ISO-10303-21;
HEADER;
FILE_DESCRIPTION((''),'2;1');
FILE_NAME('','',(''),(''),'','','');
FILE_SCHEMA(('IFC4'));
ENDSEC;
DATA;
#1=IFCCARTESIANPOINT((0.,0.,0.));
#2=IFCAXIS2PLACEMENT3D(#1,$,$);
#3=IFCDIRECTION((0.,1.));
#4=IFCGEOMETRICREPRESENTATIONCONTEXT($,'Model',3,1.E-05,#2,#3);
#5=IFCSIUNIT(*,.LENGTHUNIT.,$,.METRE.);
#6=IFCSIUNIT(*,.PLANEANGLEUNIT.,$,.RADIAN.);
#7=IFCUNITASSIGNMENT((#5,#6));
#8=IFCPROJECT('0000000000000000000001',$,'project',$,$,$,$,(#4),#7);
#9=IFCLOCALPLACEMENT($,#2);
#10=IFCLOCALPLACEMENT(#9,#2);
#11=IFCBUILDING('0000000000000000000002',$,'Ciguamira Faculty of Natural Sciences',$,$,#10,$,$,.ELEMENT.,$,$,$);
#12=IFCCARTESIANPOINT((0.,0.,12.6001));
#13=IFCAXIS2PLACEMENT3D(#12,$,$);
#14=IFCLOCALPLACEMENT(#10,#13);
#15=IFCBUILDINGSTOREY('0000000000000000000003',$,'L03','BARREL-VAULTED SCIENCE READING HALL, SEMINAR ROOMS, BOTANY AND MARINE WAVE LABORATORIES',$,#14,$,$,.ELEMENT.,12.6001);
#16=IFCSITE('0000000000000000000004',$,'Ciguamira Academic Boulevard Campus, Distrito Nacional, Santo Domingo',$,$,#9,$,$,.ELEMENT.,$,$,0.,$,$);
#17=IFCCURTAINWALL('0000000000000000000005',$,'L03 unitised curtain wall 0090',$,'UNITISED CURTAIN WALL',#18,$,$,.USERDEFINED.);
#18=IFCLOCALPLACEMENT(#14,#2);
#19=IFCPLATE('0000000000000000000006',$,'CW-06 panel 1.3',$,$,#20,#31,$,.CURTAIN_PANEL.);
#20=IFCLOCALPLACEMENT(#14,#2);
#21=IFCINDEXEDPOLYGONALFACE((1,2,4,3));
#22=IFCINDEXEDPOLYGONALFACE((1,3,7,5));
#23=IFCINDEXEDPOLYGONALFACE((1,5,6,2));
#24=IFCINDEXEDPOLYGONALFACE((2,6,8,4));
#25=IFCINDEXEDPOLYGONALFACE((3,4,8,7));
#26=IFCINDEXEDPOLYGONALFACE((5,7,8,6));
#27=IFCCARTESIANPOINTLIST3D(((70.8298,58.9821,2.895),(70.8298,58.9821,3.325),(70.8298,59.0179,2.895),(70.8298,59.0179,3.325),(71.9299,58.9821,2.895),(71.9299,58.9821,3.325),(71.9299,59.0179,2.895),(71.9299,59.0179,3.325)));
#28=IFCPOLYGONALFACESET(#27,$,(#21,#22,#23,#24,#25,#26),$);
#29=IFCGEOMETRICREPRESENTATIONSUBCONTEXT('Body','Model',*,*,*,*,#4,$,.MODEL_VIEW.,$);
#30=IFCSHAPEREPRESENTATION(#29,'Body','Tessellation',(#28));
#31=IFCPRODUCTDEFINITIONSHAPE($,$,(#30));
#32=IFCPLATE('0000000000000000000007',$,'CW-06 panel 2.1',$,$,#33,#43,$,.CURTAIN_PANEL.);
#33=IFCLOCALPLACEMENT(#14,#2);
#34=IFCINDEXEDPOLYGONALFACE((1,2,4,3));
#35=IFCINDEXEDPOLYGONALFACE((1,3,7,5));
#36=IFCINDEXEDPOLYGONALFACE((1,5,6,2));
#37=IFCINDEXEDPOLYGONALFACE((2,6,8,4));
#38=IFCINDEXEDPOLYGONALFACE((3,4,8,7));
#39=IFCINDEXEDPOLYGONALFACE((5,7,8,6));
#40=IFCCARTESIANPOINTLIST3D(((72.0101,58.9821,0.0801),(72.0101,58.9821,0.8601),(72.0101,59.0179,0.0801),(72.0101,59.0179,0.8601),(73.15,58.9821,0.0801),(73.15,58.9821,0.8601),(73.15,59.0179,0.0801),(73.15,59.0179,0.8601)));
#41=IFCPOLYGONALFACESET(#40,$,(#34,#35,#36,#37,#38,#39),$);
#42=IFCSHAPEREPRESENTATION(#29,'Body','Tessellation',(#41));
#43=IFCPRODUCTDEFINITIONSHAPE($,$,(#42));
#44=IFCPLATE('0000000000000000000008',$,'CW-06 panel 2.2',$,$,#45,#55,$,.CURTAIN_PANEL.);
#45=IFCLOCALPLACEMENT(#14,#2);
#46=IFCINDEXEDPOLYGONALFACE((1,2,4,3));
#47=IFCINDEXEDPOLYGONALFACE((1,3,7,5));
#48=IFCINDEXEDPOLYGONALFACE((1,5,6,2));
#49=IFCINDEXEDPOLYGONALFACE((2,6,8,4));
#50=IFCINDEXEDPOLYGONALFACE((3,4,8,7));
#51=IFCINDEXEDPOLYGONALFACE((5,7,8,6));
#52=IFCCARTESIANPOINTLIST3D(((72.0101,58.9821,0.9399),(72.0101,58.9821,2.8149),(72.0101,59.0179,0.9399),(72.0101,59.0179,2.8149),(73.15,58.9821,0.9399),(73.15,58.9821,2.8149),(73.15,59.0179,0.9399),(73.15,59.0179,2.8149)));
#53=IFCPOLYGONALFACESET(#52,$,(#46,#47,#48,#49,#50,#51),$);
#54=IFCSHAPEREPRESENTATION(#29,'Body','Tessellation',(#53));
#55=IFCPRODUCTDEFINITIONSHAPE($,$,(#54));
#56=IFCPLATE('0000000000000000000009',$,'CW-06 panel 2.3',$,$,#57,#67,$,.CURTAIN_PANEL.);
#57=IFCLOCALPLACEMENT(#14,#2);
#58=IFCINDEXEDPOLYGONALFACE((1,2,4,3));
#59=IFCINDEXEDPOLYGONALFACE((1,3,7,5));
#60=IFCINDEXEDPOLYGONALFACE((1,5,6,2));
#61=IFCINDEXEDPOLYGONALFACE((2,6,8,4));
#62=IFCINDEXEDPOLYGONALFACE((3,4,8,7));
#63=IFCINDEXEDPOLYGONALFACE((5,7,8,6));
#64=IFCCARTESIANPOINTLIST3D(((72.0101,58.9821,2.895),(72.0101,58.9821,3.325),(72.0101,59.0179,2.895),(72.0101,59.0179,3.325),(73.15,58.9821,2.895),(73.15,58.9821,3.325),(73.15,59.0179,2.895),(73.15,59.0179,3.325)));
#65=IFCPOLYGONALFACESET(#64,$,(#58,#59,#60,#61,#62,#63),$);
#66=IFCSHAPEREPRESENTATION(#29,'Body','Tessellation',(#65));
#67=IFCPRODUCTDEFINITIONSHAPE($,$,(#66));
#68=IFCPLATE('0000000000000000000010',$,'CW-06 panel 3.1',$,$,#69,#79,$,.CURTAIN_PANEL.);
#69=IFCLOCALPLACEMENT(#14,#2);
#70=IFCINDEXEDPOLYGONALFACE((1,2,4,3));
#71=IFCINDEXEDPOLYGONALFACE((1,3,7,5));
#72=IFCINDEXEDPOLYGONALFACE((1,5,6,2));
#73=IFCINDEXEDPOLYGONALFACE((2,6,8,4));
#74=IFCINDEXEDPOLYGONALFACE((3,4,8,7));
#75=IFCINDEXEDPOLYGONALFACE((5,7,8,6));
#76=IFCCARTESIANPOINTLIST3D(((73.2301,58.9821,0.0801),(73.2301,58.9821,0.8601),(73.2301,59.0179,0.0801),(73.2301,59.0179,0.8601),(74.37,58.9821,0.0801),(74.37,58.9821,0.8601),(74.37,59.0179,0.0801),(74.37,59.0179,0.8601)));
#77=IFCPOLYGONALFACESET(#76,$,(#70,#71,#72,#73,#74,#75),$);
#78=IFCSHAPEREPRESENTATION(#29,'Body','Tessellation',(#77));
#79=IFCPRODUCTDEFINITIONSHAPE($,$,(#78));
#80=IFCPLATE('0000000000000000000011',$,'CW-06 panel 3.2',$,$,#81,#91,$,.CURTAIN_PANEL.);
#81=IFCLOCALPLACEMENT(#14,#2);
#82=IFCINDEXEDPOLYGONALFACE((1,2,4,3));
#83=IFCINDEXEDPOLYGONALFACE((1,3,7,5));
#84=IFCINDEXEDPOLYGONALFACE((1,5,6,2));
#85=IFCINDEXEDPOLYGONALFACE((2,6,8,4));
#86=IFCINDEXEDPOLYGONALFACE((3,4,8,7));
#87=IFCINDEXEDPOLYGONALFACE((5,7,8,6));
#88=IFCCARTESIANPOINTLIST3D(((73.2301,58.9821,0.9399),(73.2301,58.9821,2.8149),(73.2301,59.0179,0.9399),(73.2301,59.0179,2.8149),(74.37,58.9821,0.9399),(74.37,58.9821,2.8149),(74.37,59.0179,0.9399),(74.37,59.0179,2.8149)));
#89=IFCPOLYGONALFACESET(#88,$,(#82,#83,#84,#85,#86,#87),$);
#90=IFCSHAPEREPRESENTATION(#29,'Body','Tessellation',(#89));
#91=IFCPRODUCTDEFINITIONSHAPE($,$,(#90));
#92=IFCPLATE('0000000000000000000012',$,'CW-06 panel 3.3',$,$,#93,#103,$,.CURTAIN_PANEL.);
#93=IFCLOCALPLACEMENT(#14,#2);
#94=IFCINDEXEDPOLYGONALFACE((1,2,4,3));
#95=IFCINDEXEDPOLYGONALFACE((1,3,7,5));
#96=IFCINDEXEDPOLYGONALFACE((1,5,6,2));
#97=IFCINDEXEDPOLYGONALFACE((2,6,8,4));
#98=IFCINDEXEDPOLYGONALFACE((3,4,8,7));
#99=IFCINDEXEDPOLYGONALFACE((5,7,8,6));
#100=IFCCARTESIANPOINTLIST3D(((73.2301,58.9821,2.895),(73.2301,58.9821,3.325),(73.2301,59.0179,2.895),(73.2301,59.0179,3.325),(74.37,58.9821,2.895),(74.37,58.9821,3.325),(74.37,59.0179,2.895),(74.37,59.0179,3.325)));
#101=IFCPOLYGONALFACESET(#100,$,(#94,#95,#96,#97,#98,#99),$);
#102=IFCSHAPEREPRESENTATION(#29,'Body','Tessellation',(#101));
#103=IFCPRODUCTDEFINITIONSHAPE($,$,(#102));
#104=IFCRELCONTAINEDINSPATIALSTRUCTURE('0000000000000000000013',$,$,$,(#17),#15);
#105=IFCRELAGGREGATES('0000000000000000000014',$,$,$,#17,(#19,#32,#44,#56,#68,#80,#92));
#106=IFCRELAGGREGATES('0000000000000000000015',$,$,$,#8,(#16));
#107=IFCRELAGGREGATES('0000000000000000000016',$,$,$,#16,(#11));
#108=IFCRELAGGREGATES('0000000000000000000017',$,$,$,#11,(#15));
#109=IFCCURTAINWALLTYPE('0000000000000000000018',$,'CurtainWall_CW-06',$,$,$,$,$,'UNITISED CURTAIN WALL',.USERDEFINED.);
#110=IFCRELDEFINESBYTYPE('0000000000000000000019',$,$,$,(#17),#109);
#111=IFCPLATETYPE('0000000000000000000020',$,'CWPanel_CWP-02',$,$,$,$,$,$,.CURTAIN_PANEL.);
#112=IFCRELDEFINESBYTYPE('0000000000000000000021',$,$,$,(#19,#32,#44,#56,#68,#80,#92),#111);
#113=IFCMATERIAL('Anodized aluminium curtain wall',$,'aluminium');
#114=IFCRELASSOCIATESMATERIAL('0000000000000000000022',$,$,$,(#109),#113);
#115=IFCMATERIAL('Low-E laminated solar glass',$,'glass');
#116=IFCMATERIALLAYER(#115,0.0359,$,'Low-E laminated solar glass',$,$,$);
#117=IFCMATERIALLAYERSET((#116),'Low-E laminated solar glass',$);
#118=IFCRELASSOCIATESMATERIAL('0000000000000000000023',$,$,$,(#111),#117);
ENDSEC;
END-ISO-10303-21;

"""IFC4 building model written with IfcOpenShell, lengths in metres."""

from ifc_helpers import new_model, si_unit, direction, frame, origin, origin_2d, place, context, subcontext, project, spatial, rectangle, extrude, material, layer, layer_set, type_object, element, aggregate, save


model = new_model("IFC4")

# Units and contexts
model_context = context("Model", 3, precision=1e-05, world=origin(), true_north=direction((0.0, 1.0)))
body_context = subcontext(model_context, "Body", "Model", "MODEL_VIEW")
ifc_project = project(units=[si_unit("LENGTHUNIT", "METRE"), si_unit("PLANEANGLEUNIT", "RADIAN")], contexts=[model_context])

# Site, building, storey
site_placement = place(None, origin())
site = spatial("IfcSite", under=ifc_project, at=site_placement, Name="Ciguamira Academic Boulevard Campus, Distrito Nacional, Santo Domingo", CompositionType="ELEMENT", RefElevation=0.0)
building_placement = place(site_placement, origin())
building = spatial("IfcBuilding", under=site, at=building_placement, Name="Ciguamira Faculty of Natural Sciences", CompositionType="ELEMENT")
storey_placement = place(building_placement, frame((0.0, 0.0, 12.6001)))
storey = spatial("IfcBuildingStorey", under=building, at=storey_placement, Name="L03", Description="BARREL-VAULTED SCIENCE READING HALL, SEMINAR ROOMS, BOTANY AND MARINE WAVE LABORATORIES", CompositionType="ELEMENT", Elevation=12.6001)

# Curtain wall, plates
ifc_material_1 = material(Name="Anodized aluminium curtain wall", Category="aluminium")
curtain_wall_type = type_object("IfcCurtainWallType", Name="CurtainWall_CW-06", ElementType="UNITISED CURTAIN WALL", PredefinedType="USERDEFINED", material=ifc_material_1)
curtain_wall_placement = place(storey_placement, origin())
curtain_wall = element("IfcCurtainWall", 1, at=curtain_wall_placement, inside=storey, type_object=curtain_wall_type, Name="L03 unitised curtain wall 0090", ObjectType="UNITISED CURTAIN WALL", PredefinedType="USERDEFINED")
ifc_material_2 = material(Name="Low-E laminated solar glass", Category="glass")
ifc_layer = layer(ifc_material_2, 0.0359, Name="Low-E laminated solar glass")
ifc_layer_set = layer_set([ifc_layer], Name="Low-E laminated solar glass")
plate_type = type_object("IfcPlateType", Name="CWPanel_CWP-02", PredefinedType="CURTAIN_PANEL", material=ifc_layer_set)
plate_1_placement = place(storey_placement, frame((71.3799, 59.0, 2.895), z_axis=(0.0, 0.0, 1.0), x_axis=(1.0, 0.0, 0.0)))
plate_1 = element("IfcPlate", 2, at=plate_1_placement, type_object=plate_type, Name="CW-06 panel 1.3", PredefinedType="CURTAIN_PANEL", context=body_context, shape_type="SweptSolid", body=[
    extrude(rectangle(XDim=1.1001, YDim=0.0359, at=origin_2d()), origin(), (0.0, 0.0, 1.0), 0.4299),
])
plate_2_placement = place(storey_placement, frame((72.5801, 59.0, 0.0801), z_axis=(0.0, 0.0, 1.0), x_axis=(1.0, 0.0, 0.0)))
plate_2 = element("IfcPlate", 3, at=plate_2_placement, type_object=plate_type, Name="CW-06 panel 2.1", PredefinedType="CURTAIN_PANEL", context=body_context, shape_type="SweptSolid", body=[
    extrude(rectangle(XDim=1.1399, YDim=0.0359, at=origin_2d()), origin(), (0.0, 0.0, 1.0), 0.78),
])
plate_3_placement = place(storey_placement, frame((72.5801, 59.0, 0.9399), z_axis=(0.0, 0.0, 1.0), x_axis=(1.0, 0.0, 0.0)))
plate_3 = element("IfcPlate", 4, at=plate_3_placement, type_object=plate_type, Name="CW-06 panel 2.2", PredefinedType="CURTAIN_PANEL", context=body_context, shape_type="SweptSolid", body=[
    extrude(rectangle(XDim=1.1399, YDim=0.0359, at=origin_2d()), origin(), (0.0, 0.0, 1.0), 1.875),
])
plate_4_placement = place(storey_placement, frame((72.5801, 59.0, 2.895), z_axis=(0.0, 0.0, 1.0), x_axis=(1.0, 0.0, 0.0)))
plate_4 = element("IfcPlate", 5, at=plate_4_placement, type_object=plate_type, Name="CW-06 panel 2.3", PredefinedType="CURTAIN_PANEL", context=body_context, shape_type="SweptSolid", body=[
    extrude(rectangle(XDim=1.1399, YDim=0.0359, at=origin_2d()), origin(), (0.0, 0.0, 1.0), 0.4299),
])
plate_5_placement = place(storey_placement, frame((73.8, 59.0, 0.0801), z_axis=(0.0, 0.0, 1.0), x_axis=(1.0, 0.0, 0.0)))
plate_5 = element("IfcPlate", 6, at=plate_5_placement, type_object=plate_type, Name="CW-06 panel 3.1", PredefinedType="CURTAIN_PANEL", context=body_context, shape_type="SweptSolid", body=[
    extrude(rectangle(XDim=1.1399, YDim=0.0359, at=origin_2d()), origin(), (0.0, 0.0, 1.0), 0.78),
])
plate_6_placement = place(storey_placement, frame((73.8, 59.0, 0.9399), z_axis=(0.0, 0.0, 1.0), x_axis=(1.0, 0.0, 0.0)))
plate_6 = element("IfcPlate", 7, at=plate_6_placement, type_object=plate_type, Name="CW-06 panel 3.2", PredefinedType="CURTAIN_PANEL", context=body_context, shape_type="SweptSolid", body=[
    extrude(rectangle(XDim=1.1399, YDim=0.0359, at=origin_2d()), origin(), (0.0, 0.0, 1.0), 1.875),
])
plate_7_placement = place(storey_placement, frame((73.8, 59.0, 2.895), z_axis=(0.0, 0.0, 1.0), x_axis=(1.0, 0.0, 0.0)))
plate_7 = element("IfcPlate", 8, at=plate_7_placement, type_object=plate_type, Name="CW-06 panel 3.3", PredefinedType="CURTAIN_PANEL", context=body_context, shape_type="SweptSolid", body=[
    extrude(rectangle(XDim=1.1399, YDim=0.0359, at=origin_2d()), origin(), (0.0, 0.0, 1.0), 0.4299),
])
aggregate(curtain_wall, [plate_1, plate_2, plate_3, plate_4, plate_5, plate_6, plate_7])

save(model, "model.ifc")
